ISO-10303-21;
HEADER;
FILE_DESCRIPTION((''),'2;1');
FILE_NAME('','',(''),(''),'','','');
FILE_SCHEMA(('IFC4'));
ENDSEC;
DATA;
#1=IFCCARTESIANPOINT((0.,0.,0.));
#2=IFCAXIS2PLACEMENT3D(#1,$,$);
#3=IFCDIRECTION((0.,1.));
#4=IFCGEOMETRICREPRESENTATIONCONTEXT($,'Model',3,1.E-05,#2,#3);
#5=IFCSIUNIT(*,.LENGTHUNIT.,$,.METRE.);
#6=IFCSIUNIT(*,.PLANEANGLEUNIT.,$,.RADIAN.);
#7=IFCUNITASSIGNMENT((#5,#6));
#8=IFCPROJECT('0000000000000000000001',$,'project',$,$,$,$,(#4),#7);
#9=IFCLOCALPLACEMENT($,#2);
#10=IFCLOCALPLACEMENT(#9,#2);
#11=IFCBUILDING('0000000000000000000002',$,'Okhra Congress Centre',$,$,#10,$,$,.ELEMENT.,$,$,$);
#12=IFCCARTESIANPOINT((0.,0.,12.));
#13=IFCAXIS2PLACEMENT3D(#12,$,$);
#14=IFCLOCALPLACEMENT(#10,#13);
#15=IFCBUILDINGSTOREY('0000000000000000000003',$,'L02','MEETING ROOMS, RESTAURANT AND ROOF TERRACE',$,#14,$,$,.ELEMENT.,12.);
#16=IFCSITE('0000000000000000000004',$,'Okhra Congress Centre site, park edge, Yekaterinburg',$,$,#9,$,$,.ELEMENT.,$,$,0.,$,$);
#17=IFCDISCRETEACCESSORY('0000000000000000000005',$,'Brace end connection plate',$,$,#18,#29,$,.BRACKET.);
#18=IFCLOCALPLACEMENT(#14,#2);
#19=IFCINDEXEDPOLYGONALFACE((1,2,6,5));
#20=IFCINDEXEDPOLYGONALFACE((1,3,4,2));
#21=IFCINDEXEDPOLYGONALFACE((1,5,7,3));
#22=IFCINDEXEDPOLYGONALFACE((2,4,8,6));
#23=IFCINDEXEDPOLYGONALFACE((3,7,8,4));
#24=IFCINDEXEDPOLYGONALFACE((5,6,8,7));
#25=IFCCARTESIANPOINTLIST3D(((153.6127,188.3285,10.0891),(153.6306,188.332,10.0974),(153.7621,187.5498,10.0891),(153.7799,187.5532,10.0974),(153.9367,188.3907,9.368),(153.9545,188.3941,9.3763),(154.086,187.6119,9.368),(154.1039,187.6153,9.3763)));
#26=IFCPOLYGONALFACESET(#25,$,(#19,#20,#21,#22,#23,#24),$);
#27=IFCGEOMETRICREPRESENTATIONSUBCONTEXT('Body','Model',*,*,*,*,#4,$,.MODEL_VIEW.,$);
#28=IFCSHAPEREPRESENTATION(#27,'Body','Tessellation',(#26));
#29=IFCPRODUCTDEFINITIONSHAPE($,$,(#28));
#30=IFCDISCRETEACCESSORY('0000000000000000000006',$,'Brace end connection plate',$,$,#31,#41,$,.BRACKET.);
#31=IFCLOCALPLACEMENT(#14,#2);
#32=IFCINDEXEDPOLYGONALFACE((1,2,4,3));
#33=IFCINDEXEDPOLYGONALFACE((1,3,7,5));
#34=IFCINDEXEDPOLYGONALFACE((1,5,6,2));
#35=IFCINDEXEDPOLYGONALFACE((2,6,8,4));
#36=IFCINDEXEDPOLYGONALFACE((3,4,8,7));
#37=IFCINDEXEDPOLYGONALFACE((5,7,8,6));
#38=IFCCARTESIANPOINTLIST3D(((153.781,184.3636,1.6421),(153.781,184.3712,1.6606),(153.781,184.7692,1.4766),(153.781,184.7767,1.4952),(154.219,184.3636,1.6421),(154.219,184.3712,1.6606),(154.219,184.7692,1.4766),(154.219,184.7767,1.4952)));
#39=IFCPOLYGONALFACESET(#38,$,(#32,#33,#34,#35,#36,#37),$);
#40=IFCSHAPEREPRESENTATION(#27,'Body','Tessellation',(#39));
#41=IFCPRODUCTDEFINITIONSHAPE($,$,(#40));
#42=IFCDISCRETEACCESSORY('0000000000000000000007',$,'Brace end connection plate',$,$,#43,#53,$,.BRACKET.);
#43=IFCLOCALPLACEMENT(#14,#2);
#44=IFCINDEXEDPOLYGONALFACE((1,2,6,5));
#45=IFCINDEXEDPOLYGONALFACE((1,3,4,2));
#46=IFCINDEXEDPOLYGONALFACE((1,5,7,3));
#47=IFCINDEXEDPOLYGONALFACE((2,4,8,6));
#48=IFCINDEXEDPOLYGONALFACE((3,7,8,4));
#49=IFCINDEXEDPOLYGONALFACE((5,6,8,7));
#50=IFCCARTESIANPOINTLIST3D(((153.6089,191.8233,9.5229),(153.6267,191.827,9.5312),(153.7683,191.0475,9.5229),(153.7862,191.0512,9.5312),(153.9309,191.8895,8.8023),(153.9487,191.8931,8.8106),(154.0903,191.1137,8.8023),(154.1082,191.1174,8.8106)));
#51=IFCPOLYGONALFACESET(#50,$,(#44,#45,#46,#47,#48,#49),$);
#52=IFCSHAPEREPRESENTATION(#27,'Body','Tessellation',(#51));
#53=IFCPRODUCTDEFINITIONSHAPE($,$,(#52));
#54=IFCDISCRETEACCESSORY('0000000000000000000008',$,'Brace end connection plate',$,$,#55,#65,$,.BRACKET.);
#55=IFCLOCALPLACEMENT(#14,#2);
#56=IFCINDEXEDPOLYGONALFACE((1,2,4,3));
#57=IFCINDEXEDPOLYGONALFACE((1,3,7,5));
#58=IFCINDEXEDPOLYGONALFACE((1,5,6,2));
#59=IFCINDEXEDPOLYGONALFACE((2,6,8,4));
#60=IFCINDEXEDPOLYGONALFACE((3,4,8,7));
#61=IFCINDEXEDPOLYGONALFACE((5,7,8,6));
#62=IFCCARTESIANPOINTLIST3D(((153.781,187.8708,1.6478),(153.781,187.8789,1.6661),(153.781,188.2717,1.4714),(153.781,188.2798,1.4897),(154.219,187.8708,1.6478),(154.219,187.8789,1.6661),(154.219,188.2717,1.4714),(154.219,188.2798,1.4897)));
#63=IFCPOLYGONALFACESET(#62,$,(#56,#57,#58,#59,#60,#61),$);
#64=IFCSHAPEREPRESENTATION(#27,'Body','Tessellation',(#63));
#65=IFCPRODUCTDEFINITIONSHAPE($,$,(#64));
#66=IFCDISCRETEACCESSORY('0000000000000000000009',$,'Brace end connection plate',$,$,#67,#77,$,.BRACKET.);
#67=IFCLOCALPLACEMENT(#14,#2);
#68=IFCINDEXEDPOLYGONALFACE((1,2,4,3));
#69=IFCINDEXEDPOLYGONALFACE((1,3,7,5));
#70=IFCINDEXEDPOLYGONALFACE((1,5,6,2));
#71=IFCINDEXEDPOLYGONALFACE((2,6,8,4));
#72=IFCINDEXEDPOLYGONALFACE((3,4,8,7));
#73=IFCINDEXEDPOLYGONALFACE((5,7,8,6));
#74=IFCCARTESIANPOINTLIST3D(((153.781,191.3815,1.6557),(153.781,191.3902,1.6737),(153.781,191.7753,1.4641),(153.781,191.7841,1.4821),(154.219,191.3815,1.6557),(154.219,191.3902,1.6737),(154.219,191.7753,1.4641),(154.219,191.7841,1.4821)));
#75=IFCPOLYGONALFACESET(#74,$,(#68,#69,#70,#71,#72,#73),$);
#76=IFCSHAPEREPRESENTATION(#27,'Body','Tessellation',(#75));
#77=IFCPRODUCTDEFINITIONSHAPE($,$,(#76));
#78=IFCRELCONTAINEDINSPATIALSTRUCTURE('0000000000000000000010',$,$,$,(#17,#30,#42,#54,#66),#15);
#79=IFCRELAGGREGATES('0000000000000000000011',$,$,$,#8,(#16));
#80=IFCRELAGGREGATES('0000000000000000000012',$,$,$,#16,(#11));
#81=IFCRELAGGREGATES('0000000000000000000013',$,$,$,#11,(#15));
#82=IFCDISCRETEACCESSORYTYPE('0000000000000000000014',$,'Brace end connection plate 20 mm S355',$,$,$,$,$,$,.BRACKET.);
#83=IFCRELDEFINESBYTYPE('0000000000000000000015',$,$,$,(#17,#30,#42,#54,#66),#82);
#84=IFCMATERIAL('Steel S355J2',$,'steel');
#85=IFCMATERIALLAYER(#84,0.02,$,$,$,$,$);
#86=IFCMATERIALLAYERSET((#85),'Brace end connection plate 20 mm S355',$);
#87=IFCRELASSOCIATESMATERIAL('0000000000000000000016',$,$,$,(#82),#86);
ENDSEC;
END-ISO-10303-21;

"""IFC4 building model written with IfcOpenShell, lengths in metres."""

from ifc_helpers import new_model, si_unit, direction, frame, origin, origin_2d, place, context, subcontext, project, spatial, rectangle, extrude, material, layer, layer_set, type_object, element, save


model = new_model("IFC4")

# Units and contexts
model_context = context("Model", 3, precision=1e-05, world=origin(), true_north=direction((0.0, 1.0)))
body_context = subcontext(model_context, "Body", "Model", "MODEL_VIEW")
ifc_project = project(units=[si_unit("LENGTHUNIT", "METRE"), si_unit("PLANEANGLEUNIT", "RADIAN")], contexts=[model_context])

# Site, building, storey
site_placement = place(None, origin())
site = spatial("IfcSite", under=ifc_project, at=site_placement, Name="Okhra Congress Centre site, park edge, Yekaterinburg", CompositionType="ELEMENT", RefElevation=0.0)
building_placement = place(site_placement, origin())
building = spatial("IfcBuilding", under=site, at=building_placement, Name="Okhra Congress Centre", CompositionType="ELEMENT")
storey_placement = place(building_placement, frame((0.0, 0.0, 12.0)))
storey = spatial("IfcBuildingStorey", under=building, at=storey_placement, Name="L02", Description="MEETING ROOMS, RESTAURANT AND ROOF TERRACE", CompositionType="ELEMENT", Elevation=12.0)

# Shared definitions
ifc_material_1 = material(Name="Steel S355J2", Category="steel")

# Discrete accessories
ifc_layer_1 = layer(ifc_material_1, 0.02)
ifc_layer_set_1 = layer_set([ifc_layer_1], Name="Brace end connection plate 20 mm S355")
discrete_accessory_type = type_object("IfcDiscreteAccessoryType", Name="Brace end connection plate 20 mm S355", PredefinedType="BRACKET", material=ifc_layer_set_1)
discrete_accessory_1_placement = place(storey_placement, frame((153.8494, 187.9702, 9.7285), z_axis=(0.893104, 0.17128, 0.415966), x_axis=(-0.188348, 0.982102, 0.0)))
element("IfcDiscreteAccessory", 1, at=discrete_accessory_1_placement, inside=storey, type_object=discrete_accessory_type, Name="Brace end connection plate", PredefinedType="BRACKET", context=body_context, shape_type="SweptSolid", body=[
    extrude(rectangle(XDim=0.793, YDim=0.793, at=origin_2d()), origin(), (0.0, 0.0, 1.0), 0.02),
])
discrete_accessory_2_placement = place(storey_placement, frame((154.0, 184.574, 1.5779), z_axis=(0.0, -0.377684, -0.925935), x_axis=(1.0, 0.0, 0.0)))
element("IfcDiscreteAccessory", 2, at=discrete_accessory_2_placement, inside=storey, type_object=discrete_accessory_type, Name="Brace end connection plate", PredefinedType="BRACKET", context=body_context, shape_type="SweptSolid", body=[
    extrude(rectangle(XDim=0.438, YDim=0.438, at=origin_2d()), origin(), (0.0, 0.0, 1.0), 0.02),
])
discrete_accessory_3_placement = place(storey_placement, frame((153.8496, 191.4685, 9.1626), z_axis=(0.891172, 0.183118, 0.415066), x_axis=(-0.201274, 0.979535, 0.0)))
element("IfcDiscreteAccessory", 3, at=discrete_accessory_3_placement, inside=storey, type_object=discrete_accessory_type, Name="Brace end connection plate", PredefinedType="BRACKET", context=body_context, shape_type="SweptSolid", body=[
    extrude(rectangle(XDim=0.792, YDim=0.792, at=origin_2d()), origin(), (0.0, 0.0, 1.0), 0.02),
])
for number, where, z_axis, x_axis, name in (
    (4, (154.0, 188.0793, 1.5779), (0.0, -0.402739, -0.915315), (1.0, 0.0, 0.0), "Brace end connection plate"),
    (5, (154.0, 191.5872, 1.5779), (0.0, -0.437466, -0.899235), (1.0, 0.0, 0.0), "Brace end connection plate"),
):
    element("IfcDiscreteAccessory", number, at=place(storey_placement, frame(where, z_axis=z_axis, x_axis=x_axis)), inside=storey, type_object=discrete_accessory_type, Name=name, PredefinedType="BRACKET", context=body_context, shape_type="SweptSolid", body=[
        extrude(rectangle(XDim=0.438, YDim=0.438, at=origin_2d()), origin(), (0.0, 0.0, 1.0), 0.02),
    ])

save(model, "model.ifc")
